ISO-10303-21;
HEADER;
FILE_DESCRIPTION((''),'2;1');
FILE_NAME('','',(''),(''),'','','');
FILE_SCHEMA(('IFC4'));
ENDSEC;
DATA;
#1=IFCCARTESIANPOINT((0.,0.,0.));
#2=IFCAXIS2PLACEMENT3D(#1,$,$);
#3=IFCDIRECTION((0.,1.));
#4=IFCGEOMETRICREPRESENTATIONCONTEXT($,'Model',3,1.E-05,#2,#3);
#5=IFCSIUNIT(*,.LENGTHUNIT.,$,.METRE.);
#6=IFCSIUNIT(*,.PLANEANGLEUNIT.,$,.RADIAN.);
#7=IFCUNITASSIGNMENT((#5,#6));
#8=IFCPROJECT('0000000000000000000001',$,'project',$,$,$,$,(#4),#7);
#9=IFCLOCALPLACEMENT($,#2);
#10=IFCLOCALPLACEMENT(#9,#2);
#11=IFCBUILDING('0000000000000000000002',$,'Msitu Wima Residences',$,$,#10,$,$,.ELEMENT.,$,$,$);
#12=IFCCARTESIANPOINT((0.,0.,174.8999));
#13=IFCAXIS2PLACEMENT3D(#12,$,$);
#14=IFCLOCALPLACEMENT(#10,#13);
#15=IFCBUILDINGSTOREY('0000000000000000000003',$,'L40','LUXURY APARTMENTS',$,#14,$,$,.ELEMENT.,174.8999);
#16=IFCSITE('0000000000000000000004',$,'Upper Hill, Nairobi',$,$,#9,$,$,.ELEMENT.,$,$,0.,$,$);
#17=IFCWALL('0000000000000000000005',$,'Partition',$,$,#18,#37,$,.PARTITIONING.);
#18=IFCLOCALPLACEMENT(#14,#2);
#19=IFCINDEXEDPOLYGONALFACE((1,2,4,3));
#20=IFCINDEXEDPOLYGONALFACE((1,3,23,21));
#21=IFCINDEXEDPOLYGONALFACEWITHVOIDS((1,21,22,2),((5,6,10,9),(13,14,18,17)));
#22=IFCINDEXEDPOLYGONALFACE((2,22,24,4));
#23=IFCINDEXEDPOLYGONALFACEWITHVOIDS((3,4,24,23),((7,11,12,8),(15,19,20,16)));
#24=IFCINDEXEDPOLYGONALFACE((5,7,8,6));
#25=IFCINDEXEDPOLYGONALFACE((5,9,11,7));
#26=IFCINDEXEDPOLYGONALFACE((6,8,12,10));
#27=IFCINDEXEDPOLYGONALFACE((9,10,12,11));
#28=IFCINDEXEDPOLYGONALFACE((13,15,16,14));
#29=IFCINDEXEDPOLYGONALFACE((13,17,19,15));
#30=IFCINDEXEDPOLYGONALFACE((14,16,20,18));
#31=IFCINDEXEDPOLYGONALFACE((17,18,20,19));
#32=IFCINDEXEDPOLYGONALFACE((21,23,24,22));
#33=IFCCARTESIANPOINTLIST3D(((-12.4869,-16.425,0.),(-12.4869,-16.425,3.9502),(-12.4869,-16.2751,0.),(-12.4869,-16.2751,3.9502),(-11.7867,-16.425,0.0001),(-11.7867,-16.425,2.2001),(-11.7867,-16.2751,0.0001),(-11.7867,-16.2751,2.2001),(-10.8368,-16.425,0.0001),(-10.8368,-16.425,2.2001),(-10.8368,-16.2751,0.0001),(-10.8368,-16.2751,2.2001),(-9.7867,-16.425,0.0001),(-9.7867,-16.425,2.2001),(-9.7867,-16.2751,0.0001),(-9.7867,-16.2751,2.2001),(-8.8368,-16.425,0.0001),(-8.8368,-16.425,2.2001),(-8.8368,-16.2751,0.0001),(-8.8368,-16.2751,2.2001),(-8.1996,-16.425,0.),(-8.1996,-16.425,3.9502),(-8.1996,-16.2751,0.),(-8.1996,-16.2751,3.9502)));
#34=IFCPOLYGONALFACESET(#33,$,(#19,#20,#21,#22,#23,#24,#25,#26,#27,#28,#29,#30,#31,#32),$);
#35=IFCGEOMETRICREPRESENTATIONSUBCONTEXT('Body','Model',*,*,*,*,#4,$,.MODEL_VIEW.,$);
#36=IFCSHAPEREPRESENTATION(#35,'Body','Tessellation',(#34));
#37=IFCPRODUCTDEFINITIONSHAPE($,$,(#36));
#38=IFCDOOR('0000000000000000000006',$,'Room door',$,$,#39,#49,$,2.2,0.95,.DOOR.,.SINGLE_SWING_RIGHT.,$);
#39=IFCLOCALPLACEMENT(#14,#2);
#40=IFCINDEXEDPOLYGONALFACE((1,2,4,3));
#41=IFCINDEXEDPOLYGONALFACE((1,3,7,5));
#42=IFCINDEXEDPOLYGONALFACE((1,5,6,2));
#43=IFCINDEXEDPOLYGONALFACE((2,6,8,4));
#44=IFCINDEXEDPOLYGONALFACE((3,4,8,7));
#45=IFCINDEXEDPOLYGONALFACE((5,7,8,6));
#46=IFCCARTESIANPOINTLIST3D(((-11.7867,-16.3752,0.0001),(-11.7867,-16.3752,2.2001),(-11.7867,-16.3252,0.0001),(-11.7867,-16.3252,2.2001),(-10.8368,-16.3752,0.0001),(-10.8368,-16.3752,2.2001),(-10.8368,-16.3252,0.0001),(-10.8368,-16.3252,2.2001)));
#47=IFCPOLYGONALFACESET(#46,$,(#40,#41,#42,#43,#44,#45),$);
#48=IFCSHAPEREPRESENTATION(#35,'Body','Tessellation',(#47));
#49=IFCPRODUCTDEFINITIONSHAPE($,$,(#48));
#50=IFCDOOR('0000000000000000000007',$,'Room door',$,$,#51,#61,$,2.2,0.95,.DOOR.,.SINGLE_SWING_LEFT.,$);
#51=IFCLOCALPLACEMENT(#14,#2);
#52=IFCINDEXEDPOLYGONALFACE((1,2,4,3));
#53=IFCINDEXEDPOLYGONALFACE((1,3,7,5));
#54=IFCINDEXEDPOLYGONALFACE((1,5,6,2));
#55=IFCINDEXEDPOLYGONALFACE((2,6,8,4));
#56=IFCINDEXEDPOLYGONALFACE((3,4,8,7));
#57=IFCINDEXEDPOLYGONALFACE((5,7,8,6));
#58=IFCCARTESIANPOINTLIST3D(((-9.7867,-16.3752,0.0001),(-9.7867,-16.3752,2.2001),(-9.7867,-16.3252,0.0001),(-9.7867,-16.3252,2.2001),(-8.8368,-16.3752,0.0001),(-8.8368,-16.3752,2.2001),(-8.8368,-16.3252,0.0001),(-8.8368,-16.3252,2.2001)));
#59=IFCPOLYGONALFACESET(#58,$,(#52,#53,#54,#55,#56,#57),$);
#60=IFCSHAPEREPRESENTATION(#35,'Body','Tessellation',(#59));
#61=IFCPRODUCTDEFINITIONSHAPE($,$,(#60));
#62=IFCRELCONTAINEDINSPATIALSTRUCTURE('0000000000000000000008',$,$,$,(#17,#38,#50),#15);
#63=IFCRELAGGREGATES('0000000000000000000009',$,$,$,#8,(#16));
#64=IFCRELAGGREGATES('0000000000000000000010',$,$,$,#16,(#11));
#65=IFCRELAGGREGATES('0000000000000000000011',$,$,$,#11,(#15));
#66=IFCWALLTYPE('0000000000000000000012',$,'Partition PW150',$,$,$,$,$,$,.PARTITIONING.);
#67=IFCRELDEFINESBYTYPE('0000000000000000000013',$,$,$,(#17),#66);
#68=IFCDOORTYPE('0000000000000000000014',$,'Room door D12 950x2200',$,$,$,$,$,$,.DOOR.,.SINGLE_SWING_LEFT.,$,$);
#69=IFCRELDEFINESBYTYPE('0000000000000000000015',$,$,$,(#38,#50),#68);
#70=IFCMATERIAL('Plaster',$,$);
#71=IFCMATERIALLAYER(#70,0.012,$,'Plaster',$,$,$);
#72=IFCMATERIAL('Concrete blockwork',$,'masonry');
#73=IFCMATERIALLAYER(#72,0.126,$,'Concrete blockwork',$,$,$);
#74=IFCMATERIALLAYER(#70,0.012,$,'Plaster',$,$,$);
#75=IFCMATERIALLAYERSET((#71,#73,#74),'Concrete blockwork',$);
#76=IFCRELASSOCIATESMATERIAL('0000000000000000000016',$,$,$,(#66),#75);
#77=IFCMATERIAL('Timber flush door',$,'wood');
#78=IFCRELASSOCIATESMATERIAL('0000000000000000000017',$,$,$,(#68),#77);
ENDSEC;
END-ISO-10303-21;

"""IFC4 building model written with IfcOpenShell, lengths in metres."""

from ifc_helpers import new_model, si_unit, direction, frame, frame_2d, origin, place, context, subcontext, project, spatial, rectangle, extrude, material, layer, layer_set, type_object, element, fill, save


model = new_model("IFC4")

# Units and contexts
model_context = context("Model", 3, precision=1e-05, world=origin(), true_north=direction((0.0, 1.0)))
body_context = subcontext(model_context, "Body", "Model", "MODEL_VIEW")
ifc_project = project(units=[si_unit("LENGTHUNIT", "METRE"), si_unit("PLANEANGLEUNIT", "RADIAN")], contexts=[model_context])

# Site, building, storey
site_placement = place(None, origin())
site = spatial("IfcSite", under=ifc_project, at=site_placement, Name="Upper Hill, Nairobi", CompositionType="ELEMENT", RefElevation=0.0)
building_placement = place(site_placement, origin())
building = spatial("IfcBuilding", under=site, at=building_placement, Name="Msitu Wima Residences", CompositionType="ELEMENT")
storey_placement = place(building_placement, frame((0.0, 0.0, 174.8999)))
storey = spatial("IfcBuildingStorey", under=building, at=storey_placement, Name="L40", Description="LUXURY APARTMENTS", CompositionType="ELEMENT", Elevation=174.8999)

# Shared definitions
ifc_material_1 = material(Name="Plaster")
ifc_material_2 = material(Name="Concrete blockwork", Category="masonry")

# Shared definitions
ifc_layer_1 = layer(ifc_material_1, 0.012, Name="Plaster")
ifc_layer_2 = layer(ifc_material_2, 0.126, Name="Concrete blockwork")
ifc_layer_3 = layer(ifc_material_1, 0.012, Name="Plaster")
ifc_layer_set_1 = layer_set([ifc_layer_1, ifc_layer_2, ifc_layer_3], Name="Concrete blockwork")
wall_type_1 = type_object("IfcWallType", Name="Partition PW150", PredefinedType="PARTITIONING", material=ifc_layer_set_1)

# Shared definitions
ifc_material_3 = material(Name="Timber flush door", Category="wood")
door_type_1 = type_object("IfcDoorType", Name="Room door D12 950x2200", OperationType="SINGLE_SWING_LEFT", PredefinedType="DOOR", material=ifc_material_3)

# Wall, openings, doors
wall_1_placement = place(storey_placement, frame((-12.4868, -16.3501, 0.0), z_axis=(0.0, 0.0, 1.0), x_axis=(1.0, 0.0, 0.0)))
wall_1 = element("IfcWall", 1, at=wall_1_placement, inside=storey, type_object=wall_type_1, Name="Partition", PredefinedType="PARTITIONING", context=body_context, shape_type="SweptSolid", body=[
    extrude(rectangle(XDim=4.2874, YDim=0.1499, at=frame_2d((2.1436, 0.0))), origin(), (0.0, 0.0, 1.0), 3.9502),
])
opening_1_placement = place(wall_1_placement, frame((0.7, 0.0, 0.0)))
opening_1 = element("IfcOpeningElement", 2, at=opening_1_placement, cuts=wall_1, PredefinedType="OPENING", context=body_context, shape_type="SweptSolid", body=[
    extrude(rectangle(XDim=0.95, YDim=2.2, at=frame_2d((0.4751, 1.1001))), frame((0.0, 0.085, 0.0), z_axis=(0.0, -1.0, 0.0), x_axis=(1.0, 0.0, 0.0)), (0.0, 0.0, 1.0), 0.1699),
])
opening_2_placement = place(wall_1_placement, frame((2.7, 0.0, 0.0)))
opening_2 = element("IfcOpeningElement", 3, at=opening_2_placement, cuts=wall_1, PredefinedType="OPENING", context=body_context, shape_type="SweptSolid", body=[
    extrude(rectangle(XDim=0.95, YDim=2.2, at=frame_2d((0.4751, 1.1001))), frame((0.0, 0.085, 0.0), z_axis=(0.0, -1.0, 0.0), x_axis=(1.0, 0.0, 0.0)), (0.0, 0.0, 1.0), 0.1699),
])
door_1_placement = place(opening_1_placement, origin())
door_1 = element("IfcDoor", 4, at=door_1_placement, inside=storey, type_object=door_type_1, Name="Room door", OperationType="SINGLE_SWING_RIGHT", OverallHeight=2.2, OverallWidth=0.95, PredefinedType="DOOR", context=body_context, shape_type="SweptSolid", body=[
    extrude(rectangle(XDim=0.95, YDim=2.2, at=frame_2d((0.4751, 1.1001))), frame((0.0, 0.0249, 0.0), z_axis=(0.0, -1.0, 0.0), x_axis=(1.0, 0.0, 0.0)), (0.0, 0.0, 1.0), 0.05),
])
fill(opening_1, door_1)
door_2_placement = place(opening_2_placement, origin())
door_2 = element("IfcDoor", 5, at=door_2_placement, inside=storey, type_object=door_type_1, Name="Room door", OperationType="SINGLE_SWING_LEFT", OverallHeight=2.2, OverallWidth=0.95, PredefinedType="DOOR", context=body_context, shape_type="SweptSolid", body=[
    extrude(rectangle(XDim=0.95, YDim=2.2, at=frame_2d((0.4751, 1.1001))), frame((0.0, 0.0249, 0.0), z_axis=(0.0, -1.0, 0.0), x_axis=(1.0, 0.0, 0.0)), (0.0, 0.0, 1.0), 0.05),
])
fill(opening_2, door_2)

save(model, "model.ifc")
